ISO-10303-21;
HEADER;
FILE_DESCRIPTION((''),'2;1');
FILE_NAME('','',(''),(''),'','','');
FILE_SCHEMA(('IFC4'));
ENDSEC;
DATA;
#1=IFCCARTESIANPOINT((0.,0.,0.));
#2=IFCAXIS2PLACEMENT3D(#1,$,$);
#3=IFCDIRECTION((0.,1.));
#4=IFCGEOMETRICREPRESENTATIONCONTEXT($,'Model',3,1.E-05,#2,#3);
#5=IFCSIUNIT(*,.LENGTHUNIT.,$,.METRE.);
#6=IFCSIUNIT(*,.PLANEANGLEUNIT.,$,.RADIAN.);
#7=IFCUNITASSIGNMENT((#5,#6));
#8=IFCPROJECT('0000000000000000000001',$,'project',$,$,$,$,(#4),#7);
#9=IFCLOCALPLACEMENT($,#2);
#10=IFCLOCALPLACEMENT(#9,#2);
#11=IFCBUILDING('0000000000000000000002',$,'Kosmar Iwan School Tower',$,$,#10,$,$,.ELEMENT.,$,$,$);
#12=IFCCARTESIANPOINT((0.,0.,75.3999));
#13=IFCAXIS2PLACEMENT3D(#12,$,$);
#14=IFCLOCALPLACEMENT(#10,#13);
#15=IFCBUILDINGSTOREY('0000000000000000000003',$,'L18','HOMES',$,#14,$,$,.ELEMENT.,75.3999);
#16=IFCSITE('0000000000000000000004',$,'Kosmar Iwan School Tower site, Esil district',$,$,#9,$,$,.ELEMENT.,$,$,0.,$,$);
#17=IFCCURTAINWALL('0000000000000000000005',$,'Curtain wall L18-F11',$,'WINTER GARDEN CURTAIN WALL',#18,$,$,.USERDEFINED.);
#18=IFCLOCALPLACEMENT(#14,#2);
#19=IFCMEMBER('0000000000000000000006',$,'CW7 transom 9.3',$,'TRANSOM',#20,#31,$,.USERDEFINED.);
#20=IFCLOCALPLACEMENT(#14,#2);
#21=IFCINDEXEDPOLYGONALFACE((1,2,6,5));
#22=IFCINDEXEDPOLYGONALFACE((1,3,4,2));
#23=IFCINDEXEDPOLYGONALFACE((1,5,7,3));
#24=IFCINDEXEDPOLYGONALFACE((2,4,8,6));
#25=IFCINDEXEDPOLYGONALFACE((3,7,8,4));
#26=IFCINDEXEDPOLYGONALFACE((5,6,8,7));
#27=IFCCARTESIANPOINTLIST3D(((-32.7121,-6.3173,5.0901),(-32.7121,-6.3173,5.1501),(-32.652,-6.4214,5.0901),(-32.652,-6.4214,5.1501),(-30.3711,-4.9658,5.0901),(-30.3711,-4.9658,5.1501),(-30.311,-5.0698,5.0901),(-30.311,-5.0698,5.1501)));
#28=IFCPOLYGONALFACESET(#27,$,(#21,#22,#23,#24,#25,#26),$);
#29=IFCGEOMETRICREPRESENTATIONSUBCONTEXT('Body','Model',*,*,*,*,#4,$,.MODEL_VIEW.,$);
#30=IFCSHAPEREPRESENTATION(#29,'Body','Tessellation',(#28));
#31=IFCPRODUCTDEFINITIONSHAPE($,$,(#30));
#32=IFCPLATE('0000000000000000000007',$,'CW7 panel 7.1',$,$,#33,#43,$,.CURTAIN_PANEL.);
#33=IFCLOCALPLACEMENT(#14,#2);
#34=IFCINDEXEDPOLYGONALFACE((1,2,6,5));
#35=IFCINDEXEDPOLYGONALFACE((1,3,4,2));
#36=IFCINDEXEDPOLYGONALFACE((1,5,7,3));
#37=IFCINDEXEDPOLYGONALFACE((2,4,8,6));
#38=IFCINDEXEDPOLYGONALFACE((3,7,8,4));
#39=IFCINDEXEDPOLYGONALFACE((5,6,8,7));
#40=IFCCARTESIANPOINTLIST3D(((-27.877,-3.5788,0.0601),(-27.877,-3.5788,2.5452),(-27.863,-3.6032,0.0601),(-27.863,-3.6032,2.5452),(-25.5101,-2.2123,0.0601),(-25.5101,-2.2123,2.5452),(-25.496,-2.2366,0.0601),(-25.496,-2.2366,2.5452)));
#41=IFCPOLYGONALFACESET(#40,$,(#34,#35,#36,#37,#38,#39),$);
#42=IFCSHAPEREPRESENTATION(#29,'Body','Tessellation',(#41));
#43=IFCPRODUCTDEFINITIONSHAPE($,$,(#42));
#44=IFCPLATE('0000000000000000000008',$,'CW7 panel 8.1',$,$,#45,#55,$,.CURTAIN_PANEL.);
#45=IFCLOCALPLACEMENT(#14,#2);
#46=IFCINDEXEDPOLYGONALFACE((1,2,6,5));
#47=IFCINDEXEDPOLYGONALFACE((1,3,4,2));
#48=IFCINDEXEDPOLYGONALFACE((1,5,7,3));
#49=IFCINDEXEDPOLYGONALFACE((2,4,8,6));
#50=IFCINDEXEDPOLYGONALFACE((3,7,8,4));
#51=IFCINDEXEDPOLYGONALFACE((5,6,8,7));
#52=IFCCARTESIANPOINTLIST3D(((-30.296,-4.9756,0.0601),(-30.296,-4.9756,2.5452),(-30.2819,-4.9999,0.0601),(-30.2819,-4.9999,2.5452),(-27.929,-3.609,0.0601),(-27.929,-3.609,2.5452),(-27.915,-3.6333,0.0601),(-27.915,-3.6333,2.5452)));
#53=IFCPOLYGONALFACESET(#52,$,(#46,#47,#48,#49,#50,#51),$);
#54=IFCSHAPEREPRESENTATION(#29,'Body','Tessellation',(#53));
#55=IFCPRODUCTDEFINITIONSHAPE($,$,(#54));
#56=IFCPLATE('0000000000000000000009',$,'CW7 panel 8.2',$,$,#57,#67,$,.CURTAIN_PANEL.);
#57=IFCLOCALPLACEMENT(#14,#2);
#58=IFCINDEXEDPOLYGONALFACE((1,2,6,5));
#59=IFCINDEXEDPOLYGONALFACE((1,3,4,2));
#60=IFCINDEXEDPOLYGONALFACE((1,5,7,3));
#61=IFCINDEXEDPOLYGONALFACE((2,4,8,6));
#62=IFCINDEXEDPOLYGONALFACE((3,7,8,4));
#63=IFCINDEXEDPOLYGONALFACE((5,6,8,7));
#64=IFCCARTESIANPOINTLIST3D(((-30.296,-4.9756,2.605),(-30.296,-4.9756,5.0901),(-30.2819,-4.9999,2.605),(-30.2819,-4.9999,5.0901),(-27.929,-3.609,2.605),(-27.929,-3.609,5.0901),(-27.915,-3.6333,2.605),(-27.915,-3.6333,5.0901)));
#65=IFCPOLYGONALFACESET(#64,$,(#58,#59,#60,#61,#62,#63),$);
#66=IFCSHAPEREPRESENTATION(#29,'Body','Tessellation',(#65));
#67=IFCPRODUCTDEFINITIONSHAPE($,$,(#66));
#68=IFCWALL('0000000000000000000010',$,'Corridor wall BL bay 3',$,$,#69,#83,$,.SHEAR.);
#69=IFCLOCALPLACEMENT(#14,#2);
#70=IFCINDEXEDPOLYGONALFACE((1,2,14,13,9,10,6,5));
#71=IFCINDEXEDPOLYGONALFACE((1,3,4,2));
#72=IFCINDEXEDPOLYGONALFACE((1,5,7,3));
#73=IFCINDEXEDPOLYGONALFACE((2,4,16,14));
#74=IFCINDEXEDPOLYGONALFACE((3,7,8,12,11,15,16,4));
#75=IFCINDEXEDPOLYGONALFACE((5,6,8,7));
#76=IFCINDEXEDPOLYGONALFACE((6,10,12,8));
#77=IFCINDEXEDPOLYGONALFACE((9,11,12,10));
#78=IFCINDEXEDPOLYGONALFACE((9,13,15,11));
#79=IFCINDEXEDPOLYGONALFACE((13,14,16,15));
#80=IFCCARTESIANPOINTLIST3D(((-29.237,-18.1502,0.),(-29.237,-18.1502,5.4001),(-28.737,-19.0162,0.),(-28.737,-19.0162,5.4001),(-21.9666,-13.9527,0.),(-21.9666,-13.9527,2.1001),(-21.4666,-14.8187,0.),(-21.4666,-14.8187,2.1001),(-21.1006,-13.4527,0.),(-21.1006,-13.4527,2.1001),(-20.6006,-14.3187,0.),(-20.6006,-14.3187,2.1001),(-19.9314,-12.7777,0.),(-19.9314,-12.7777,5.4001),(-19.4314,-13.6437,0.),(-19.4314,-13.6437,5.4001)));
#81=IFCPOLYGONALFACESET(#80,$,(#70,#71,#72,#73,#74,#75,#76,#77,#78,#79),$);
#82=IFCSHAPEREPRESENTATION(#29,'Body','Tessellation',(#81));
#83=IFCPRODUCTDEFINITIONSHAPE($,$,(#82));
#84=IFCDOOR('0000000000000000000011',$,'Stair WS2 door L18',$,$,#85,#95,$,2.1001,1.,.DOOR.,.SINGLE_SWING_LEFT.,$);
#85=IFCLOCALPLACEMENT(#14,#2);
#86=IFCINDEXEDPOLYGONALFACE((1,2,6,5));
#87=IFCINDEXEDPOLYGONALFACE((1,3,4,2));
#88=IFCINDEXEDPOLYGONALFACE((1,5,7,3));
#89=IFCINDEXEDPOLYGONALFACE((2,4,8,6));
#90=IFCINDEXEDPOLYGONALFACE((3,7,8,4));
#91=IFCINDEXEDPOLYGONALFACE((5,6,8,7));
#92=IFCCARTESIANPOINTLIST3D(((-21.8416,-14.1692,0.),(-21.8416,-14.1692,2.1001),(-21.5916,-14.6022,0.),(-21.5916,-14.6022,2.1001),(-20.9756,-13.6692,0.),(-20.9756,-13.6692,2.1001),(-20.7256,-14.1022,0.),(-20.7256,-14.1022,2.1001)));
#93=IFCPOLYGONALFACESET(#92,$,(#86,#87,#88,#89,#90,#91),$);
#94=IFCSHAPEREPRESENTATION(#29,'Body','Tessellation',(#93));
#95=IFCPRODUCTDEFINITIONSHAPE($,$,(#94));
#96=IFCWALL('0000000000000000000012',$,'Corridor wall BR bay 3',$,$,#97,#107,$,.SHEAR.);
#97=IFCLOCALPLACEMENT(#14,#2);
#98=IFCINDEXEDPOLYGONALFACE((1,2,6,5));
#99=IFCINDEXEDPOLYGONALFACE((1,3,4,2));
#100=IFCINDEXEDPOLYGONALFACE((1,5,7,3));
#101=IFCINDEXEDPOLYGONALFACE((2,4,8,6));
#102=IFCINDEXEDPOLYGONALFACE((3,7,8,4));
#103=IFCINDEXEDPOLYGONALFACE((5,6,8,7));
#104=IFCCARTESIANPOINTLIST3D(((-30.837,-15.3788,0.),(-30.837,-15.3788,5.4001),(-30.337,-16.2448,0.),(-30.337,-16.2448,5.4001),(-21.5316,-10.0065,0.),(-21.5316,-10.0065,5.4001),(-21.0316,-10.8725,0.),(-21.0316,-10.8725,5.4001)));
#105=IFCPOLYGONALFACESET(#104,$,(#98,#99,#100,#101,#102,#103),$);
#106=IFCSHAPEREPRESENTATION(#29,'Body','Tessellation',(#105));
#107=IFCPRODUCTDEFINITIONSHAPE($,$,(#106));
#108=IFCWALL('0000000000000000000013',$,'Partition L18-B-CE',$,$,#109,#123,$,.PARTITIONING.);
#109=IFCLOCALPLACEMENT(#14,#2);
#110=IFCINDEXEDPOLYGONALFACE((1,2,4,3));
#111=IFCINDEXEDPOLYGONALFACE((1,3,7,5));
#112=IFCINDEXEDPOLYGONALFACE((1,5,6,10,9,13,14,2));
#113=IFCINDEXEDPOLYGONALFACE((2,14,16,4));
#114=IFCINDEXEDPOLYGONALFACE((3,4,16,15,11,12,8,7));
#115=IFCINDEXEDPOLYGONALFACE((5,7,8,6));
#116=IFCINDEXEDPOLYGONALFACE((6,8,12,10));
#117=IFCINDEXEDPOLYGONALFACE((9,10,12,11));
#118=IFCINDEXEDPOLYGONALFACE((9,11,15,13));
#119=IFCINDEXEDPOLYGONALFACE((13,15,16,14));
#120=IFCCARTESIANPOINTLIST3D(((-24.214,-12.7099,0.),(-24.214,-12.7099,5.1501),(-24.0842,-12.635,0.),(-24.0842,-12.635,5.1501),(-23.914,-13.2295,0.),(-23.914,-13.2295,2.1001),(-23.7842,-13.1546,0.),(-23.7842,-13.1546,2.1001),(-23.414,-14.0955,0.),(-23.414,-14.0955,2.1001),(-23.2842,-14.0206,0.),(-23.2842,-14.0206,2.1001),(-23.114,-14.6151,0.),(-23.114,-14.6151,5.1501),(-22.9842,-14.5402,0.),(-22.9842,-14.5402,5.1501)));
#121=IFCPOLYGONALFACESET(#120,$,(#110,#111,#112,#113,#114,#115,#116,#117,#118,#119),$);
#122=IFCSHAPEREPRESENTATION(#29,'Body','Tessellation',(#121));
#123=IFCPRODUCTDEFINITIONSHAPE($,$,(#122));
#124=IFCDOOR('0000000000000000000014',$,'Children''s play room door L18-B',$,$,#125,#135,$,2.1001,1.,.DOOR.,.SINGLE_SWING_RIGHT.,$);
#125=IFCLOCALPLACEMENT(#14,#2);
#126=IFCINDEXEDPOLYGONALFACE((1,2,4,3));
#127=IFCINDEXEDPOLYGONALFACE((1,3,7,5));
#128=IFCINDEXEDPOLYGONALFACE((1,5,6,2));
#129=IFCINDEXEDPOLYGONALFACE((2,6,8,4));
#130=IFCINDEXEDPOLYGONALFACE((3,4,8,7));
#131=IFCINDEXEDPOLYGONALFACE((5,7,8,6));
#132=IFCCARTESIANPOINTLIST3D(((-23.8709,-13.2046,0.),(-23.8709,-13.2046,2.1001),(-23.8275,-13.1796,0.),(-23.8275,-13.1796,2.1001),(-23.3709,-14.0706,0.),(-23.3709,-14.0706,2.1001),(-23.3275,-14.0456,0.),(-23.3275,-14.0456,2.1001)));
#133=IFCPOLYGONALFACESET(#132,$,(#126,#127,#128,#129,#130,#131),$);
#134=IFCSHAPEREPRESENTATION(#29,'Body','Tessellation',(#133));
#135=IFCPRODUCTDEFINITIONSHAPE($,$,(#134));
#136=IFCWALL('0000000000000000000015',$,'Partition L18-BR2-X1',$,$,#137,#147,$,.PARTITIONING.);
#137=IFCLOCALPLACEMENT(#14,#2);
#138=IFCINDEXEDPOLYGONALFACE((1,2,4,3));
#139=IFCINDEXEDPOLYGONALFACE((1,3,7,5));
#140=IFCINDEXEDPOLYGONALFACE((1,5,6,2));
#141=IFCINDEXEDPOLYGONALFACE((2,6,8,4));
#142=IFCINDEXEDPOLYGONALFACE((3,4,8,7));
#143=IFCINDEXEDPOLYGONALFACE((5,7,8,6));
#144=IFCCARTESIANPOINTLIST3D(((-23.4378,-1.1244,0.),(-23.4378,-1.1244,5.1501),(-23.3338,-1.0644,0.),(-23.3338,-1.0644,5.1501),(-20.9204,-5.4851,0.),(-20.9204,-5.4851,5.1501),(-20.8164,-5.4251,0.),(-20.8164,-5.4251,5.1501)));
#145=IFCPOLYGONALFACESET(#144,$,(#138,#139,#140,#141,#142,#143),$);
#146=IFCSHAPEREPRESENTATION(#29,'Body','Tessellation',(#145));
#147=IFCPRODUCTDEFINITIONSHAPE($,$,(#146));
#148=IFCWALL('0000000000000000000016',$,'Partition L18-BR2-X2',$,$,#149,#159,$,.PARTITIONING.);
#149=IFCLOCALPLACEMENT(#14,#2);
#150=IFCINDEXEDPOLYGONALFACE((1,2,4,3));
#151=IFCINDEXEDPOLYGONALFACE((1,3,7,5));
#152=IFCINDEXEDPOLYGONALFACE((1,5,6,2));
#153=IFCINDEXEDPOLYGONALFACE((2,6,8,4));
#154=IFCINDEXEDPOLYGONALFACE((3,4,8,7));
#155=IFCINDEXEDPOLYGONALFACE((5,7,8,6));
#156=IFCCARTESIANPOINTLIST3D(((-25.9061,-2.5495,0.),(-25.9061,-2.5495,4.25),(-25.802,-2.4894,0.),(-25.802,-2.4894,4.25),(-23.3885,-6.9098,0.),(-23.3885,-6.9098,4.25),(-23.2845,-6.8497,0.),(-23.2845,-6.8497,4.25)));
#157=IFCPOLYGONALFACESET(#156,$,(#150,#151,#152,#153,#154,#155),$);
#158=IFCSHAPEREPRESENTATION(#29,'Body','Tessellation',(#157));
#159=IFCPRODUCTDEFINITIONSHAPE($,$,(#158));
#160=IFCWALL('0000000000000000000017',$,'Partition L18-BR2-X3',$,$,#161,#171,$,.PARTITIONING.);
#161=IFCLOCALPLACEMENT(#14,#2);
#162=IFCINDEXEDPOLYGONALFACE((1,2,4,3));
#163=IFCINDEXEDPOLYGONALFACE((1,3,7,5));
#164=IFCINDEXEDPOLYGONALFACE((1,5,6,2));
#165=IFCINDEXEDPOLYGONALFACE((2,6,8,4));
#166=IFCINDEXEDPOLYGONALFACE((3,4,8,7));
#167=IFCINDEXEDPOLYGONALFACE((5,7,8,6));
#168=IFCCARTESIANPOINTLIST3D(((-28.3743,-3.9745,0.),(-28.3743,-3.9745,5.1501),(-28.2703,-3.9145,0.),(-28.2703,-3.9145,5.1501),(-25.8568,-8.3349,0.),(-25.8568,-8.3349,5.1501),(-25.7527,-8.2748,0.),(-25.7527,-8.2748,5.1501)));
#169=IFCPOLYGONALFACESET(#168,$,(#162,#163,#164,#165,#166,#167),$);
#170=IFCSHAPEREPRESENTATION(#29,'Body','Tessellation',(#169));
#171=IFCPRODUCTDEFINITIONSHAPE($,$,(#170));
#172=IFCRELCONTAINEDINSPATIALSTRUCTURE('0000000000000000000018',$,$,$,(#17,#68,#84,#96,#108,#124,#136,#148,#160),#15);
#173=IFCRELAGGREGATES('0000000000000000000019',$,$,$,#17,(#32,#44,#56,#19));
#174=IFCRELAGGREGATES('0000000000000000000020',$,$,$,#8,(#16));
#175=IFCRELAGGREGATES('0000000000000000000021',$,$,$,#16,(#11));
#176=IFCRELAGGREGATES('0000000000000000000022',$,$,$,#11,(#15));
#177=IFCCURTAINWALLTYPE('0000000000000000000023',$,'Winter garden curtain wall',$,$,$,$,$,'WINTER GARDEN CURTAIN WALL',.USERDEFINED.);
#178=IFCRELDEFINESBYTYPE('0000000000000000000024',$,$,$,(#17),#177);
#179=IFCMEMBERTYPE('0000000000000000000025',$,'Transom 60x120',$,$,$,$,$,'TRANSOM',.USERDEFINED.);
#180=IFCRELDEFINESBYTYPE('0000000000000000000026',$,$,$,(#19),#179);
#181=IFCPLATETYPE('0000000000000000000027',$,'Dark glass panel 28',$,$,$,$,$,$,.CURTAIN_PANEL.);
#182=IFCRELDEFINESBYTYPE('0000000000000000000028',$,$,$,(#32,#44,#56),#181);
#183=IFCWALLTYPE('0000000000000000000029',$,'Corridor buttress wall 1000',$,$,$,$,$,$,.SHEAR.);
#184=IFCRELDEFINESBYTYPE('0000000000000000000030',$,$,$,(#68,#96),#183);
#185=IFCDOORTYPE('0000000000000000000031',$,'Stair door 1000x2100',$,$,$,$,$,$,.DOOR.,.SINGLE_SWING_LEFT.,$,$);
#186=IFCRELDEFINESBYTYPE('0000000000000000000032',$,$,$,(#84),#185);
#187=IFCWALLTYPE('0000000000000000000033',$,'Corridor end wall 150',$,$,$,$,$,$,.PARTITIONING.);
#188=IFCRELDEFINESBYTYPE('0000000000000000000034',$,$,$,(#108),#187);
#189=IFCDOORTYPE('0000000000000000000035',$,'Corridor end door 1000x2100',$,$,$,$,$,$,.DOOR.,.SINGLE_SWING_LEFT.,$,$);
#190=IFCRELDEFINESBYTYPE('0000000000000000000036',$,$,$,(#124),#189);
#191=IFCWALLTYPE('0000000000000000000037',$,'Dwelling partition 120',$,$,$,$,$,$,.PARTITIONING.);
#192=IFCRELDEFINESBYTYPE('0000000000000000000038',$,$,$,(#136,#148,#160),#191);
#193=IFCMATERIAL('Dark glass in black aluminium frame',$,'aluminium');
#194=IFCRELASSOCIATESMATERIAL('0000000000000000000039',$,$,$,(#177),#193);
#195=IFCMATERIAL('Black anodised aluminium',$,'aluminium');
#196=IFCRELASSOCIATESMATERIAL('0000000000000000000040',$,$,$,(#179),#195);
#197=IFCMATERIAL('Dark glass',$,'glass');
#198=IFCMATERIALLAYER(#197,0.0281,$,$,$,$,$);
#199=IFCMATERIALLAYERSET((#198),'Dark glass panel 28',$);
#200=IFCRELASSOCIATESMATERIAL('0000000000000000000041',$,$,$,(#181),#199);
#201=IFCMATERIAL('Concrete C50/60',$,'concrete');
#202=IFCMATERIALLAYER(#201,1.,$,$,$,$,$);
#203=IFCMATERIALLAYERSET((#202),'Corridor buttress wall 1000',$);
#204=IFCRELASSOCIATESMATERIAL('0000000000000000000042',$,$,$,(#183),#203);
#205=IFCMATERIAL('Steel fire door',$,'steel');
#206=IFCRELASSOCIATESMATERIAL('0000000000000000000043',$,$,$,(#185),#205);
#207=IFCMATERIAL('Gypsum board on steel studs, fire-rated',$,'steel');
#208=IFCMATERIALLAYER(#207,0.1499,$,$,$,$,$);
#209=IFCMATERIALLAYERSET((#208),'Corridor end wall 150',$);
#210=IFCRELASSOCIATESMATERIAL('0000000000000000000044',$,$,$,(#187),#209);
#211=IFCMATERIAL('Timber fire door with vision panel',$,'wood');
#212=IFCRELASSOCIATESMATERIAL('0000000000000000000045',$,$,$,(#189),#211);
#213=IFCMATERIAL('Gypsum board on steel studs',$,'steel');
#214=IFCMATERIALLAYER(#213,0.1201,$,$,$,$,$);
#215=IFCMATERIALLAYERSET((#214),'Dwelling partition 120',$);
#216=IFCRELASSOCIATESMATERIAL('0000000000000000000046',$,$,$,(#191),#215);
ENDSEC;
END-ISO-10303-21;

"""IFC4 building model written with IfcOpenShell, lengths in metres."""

from ifc_helpers import new_model, si_unit, direction, frame, frame_2d, origin, origin_2d, place, context, subcontext, project, spatial, rectangle, extrude, material, layer, layer_set, material_profile, profile_set, type_object, element, fill, aggregate, save


model = new_model("IFC4")

# Units and contexts
model_context = context("Model", 3, precision=1e-05, world=origin(), true_north=direction((0.0, 1.0)))
body_context = subcontext(model_context, "Body", "Model", "MODEL_VIEW")
ifc_project = project(units=[si_unit("LENGTHUNIT", "METRE"), si_unit("PLANEANGLEUNIT", "RADIAN")], contexts=[model_context])

# Site, building, storey
site_placement = place(None, origin())
site = spatial("IfcSite", under=ifc_project, at=site_placement, Name="Kosmar Iwan School Tower site, Esil district", CompositionType="ELEMENT", RefElevation=0.0)
building_placement = place(site_placement, origin())
building = spatial("IfcBuilding", under=site, at=building_placement, Name="Kosmar Iwan School Tower", CompositionType="ELEMENT")
storey_placement = place(building_placement, frame((0.0, 0.0, 75.3999)))
storey = spatial("IfcBuildingStorey", under=building, at=storey_placement, Name="L18", Description="HOMES", CompositionType="ELEMENT", Elevation=75.3999)

# Curtain wall
ifc_material_1 = material(Name="Dark glass in black aluminium frame", Category="aluminium")
curtain_wall_type = type_object("IfcCurtainWallType", Name="Winter garden curtain wall", ElementType="WINTER GARDEN CURTAIN WALL", PredefinedType="USERDEFINED", material=ifc_material_1)
curtain_wall_placement = place(storey_placement, origin())
curtain_wall = element("IfcCurtainWall", 1, at=curtain_wall_placement, inside=storey, type_object=curtain_wall_type, Name="Curtain wall L18-F11", ObjectType="WINTER GARDEN CURTAIN WALL", PredefinedType="USERDEFINED")

# Member
ifc_material_2 = material(Name="Black anodised aluminium", Category="aluminium")
ifc_material_profile_1 = material_profile(ifc_material_2, rectangle(XDim=0.1201, YDim=0.0601, at=origin_2d()), Name="TRANSOM 60x120")
ifc_profile_set_1 = profile_set([ifc_material_profile_1], Name="Black anodised aluminium")
member_type_1 = type_object("IfcMemberType", Name="Transom 60x120", ElementType="TRANSOM", PredefinedType="USERDEFINED", material=ifc_profile_set_1)
member_1_placement = place(storey_placement, frame((-30.3411, -5.0178, 5.1201), z_axis=(-0.866034, -0.499986, 0.0), x_axis=(0.499986, -0.866034, 0.0)))
member_1 = element("IfcMember", 2, at=member_1_placement, type_object=member_type_1, Name="CW7 transom 9.3", ObjectType="TRANSOM", PredefinedType="USERDEFINED", context=body_context, shape_type="SweptSolid", body=[
    extrude(rectangle(XDim=0.1201, YDim=0.0601, at=origin_2d()), origin(), (0.0, 0.0, 1.0), 2.7031),
])

# Plates
ifc_material_3 = material(Name="Dark glass", Category="glass")
ifc_layer_1 = layer(ifc_material_3, 0.0281)
ifc_layer_set_1 = layer_set([ifc_layer_1], Name="Dark glass panel 28")
plate_type = type_object("IfcPlateType", Name="Dark glass panel 28", PredefinedType="CURTAIN_PANEL", material=ifc_layer_set_1)
plate_1_placement = place(storey_placement, frame((-26.6865, -2.9077, 0.0601), z_axis=(0.0, 0.0, 1.0), x_axis=(-0.866025, -0.5, 0.0)))
plate_1 = element("IfcPlate", 3, at=plate_1_placement, type_object=plate_type, Name="CW7 panel 7.1", PredefinedType="CURTAIN_PANEL", context=body_context, shape_type="SweptSolid", body=[
    extrude(rectangle(XDim=2.7332, YDim=0.0281, at=origin_2d()), origin(), (0.0, 0.0, 1.0), 2.4851),
])
plate_2_placement = place(storey_placement, frame((-29.1055, -4.3044, 0.0601), z_axis=(0.0, 0.0, 1.0), x_axis=(-0.866025, -0.5, 0.0)))
plate_2 = element("IfcPlate", 4, at=plate_2_placement, type_object=plate_type, Name="CW7 panel 8.1", PredefinedType="CURTAIN_PANEL", context=body_context, shape_type="SweptSolid", body=[
    extrude(rectangle(XDim=2.7332, YDim=0.0281, at=origin_2d()), origin(), (0.0, 0.0, 1.0), 2.4851),
])
plate_3_placement = place(storey_placement, frame((-29.1055, -4.3044, 2.605), z_axis=(0.0, 0.0, 1.0), x_axis=(-0.866025, -0.5, 0.0)))
plate_3 = element("IfcPlate", 5, at=plate_3_placement, type_object=plate_type, Name="CW7 panel 8.2", PredefinedType="CURTAIN_PANEL", context=body_context, shape_type="SweptSolid", body=[
    extrude(rectangle(XDim=2.7332, YDim=0.0281, at=origin_2d()), origin(), (0.0, 0.0, 1.0), 2.4851),
])
aggregate(curtain_wall, [plate_1, plate_2, plate_3, member_1])

# Wall, opening, door
ifc_material_4 = material(Name="Concrete C50/60", Category="concrete")
ifc_layer_2 = layer(ifc_material_4, 1.0)
ifc_layer_set_2 = layer_set([ifc_layer_2], Name="Corridor buttress wall 1000")
wall_type_1 = type_object("IfcWallType", Name="Corridor buttress wall 1000", PredefinedType="SHEAR", material=ifc_layer_set_2)
wall_1_placement = place(storey_placement, frame((-19.6814, -13.2107, 0.0), z_axis=(0.0, 0.0, 1.0), x_axis=(-0.866028, -0.499995, 0.0)))
wall_1 = element("IfcWall", 6, at=wall_1_placement, inside=storey, type_object=wall_type_1, Name="Corridor wall BL bay 3", PredefinedType="SHEAR", context=body_context, shape_type="SweptSolid", body=[
    extrude(rectangle(XDim=10.7451, YDim=1.0, at=frame_2d((5.3726, 0.0))), origin(), (0.0, 0.0, 1.0), 5.4001),
])
opening_1_placement = place(wall_1_placement, frame((1.3501, 0.0, 0.0)))
opening_1 = element("IfcOpeningElement", 7, at=opening_1_placement, cuts=wall_1, PredefinedType="OPENING", context=body_context, shape_type="SweptSolid", body=[
    extrude(rectangle(XDim=1.0, YDim=2.1001, at=frame_2d((0.5, 1.05))), frame((0.0, 0.512, 0.0), z_axis=(0.0, -1.0, 0.0), x_axis=(1.0, 0.0, 0.0)), (0.0, 0.0, 1.0), 1.0239),
])
ifc_material_5 = material(Name="Steel fire door", Category="steel")
door_type_1 = type_object("IfcDoorType", Name="Stair door 1000x2100", OperationType="SINGLE_SWING_LEFT", PredefinedType="DOOR", material=ifc_material_5)
door_1_placement = place(opening_1_placement, origin())
door_1 = element("IfcDoor", 8, at=door_1_placement, inside=storey, type_object=door_type_1, Name="Stair WS2 door L18", OperationType="SINGLE_SWING_LEFT", OverallHeight=2.1001, OverallWidth=1.0, PredefinedType="DOOR", context=body_context, shape_type="SweptSolid", body=[
    extrude(rectangle(XDim=1.0, YDim=2.1001, at=frame_2d((0.5, 1.05))), frame((0.0, 0.25, 0.0), z_axis=(0.0, -1.0, 0.0), x_axis=(1.0, 0.0, 0.0)), (0.0, 0.0, 1.0), 0.5),
])
fill(opening_1, door_1)

# Wall
wall_2_placement = place(storey_placement, frame((-21.2815, -10.4395, 0.0), z_axis=(0.0, 0.0, 1.0), x_axis=(-0.866032, -0.499988, 0.0)))
element("IfcWall", 9, at=wall_2_placement, inside=storey, type_object=wall_type_1, Name="Corridor wall BR bay 3", PredefinedType="SHEAR", context=body_context, shape_type="SweptSolid", body=[
    extrude(rectangle(XDim=10.7449, YDim=1.0, at=frame_2d((5.3726, 0.0))), origin(), (0.0, 0.0, 1.0), 5.4001),
])

# Wall, opening, door
ifc_material_6 = material(Name="Gypsum board on steel studs, fire-rated", Category="steel")
ifc_layer_3 = layer(ifc_material_6, 0.1499)
ifc_layer_set_3 = layer_set([ifc_layer_3], Name="Corridor end wall 150")
wall_type_2 = type_object("IfcWallType", Name="Corridor end wall 150", PredefinedType="PARTITIONING", material=ifc_layer_set_3)
wall_3_placement = place(storey_placement, frame((-24.1492, -12.6724, 0.0), z_axis=(0.0, 0.0, 1.0), x_axis=(0.50003, -0.866008, 0.0)))
wall_3 = element("IfcWall", 10, at=wall_3_placement, inside=storey, type_object=wall_type_2, Name="Partition L18-B-CE", PredefinedType="PARTITIONING", context=body_context, shape_type="SweptSolid", body=[
    extrude(rectangle(XDim=2.2, YDim=0.1499, at=frame_2d((1.1001, 0.0))), origin(), (0.0, 0.0, 1.0), 5.1501),
])
opening_2_placement = place(wall_3_placement, frame((0.6001, 0.0, 0.0)))
opening_2 = element("IfcOpeningElement", 11, at=opening_2_placement, cuts=wall_3, PredefinedType="OPENING", context=body_context, shape_type="SweptSolid", body=[
    extrude(rectangle(XDim=1.0, YDim=2.1001, at=frame_2d((0.5, 1.05))), frame((0.0, 0.0869, 0.0), z_axis=(0.0, -1.0, 0.0), x_axis=(1.0, 0.0, 0.0)), (0.0, 0.0, 1.0), 0.1738),
])
ifc_material_7 = material(Name="Timber fire door with vision panel", Category="wood")
door_type_2 = type_object("IfcDoorType", Name="Corridor end door 1000x2100", OperationType="SINGLE_SWING_LEFT", PredefinedType="DOOR", material=ifc_material_7)
door_2_placement = place(opening_2_placement, origin())
door_2 = element("IfcDoor", 12, at=door_2_placement, inside=storey, type_object=door_type_2, Name="Children's play room door L18-B", OperationType="SINGLE_SWING_RIGHT", OverallHeight=2.1001, OverallWidth=1.0, PredefinedType="DOOR", context=body_context, shape_type="SweptSolid", body=[
    extrude(rectangle(XDim=1.0, YDim=2.1001, at=frame_2d((0.5, 1.05))), frame((0.0, 0.0249, 0.0), z_axis=(0.0, -1.0, 0.0), x_axis=(1.0, 0.0, 0.0)), (0.0, 0.0, 1.0), 0.05),
])
fill(opening_2, door_2)

# Walls
ifc_material_8 = material(Name="Gypsum board on steel studs", Category="steel")
ifc_layer_4 = layer(ifc_material_8, 0.1201)
ifc_layer_set_4 = layer_set([ifc_layer_4], Name="Dwelling partition 120")
wall_type_3 = type_object("IfcWallType", Name="Dwelling partition 120", PredefinedType="PARTITIONING", material=ifc_layer_set_4)
wall_4_placement = place(storey_placement, frame((-20.8684, -5.4551, 0.0), z_axis=(0.0, 0.0, 1.0), x_axis=(-0.499962, 0.866048, 0.0)))
element("IfcWall", 13, at=wall_4_placement, inside=storey, type_object=wall_type_3, Name="Partition L18-BR2-X1", PredefinedType="PARTITIONING", context=body_context, shape_type="SweptSolid", body=[
    extrude(rectangle(XDim=5.0352, YDim=0.1201, at=frame_2d((2.5176, 0.0))), origin(), (0.0, 0.0, 1.0), 5.1501),
])
wall_5_placement = place(storey_placement, frame((-23.3364, -6.8799, 0.0), z_axis=(0.0, 0.0, 1.0), x_axis=(-0.500019, 0.866014, 0.0)))
element("IfcWall", 14, at=wall_5_placement, inside=storey, type_object=wall_type_3, Name="Partition L18-BR2-X2", PredefinedType="PARTITIONING", context=body_context, shape_type="SweptSolid", body=[
    extrude(rectangle(XDim=5.0349, YDim=0.1201, at=frame_2d((2.5176, 0.0))), origin(), (0.0, 0.0, 1.0), 4.25),
])
wall_6_placement = place(storey_placement, frame((-25.8047, -8.3049, 0.0), z_axis=(0.0, 0.0, 1.0), x_axis=(-0.500019, 0.866014, 0.0)))
element("IfcWall", 15, at=wall_6_placement, inside=storey, type_object=wall_type_3, Name="Partition L18-BR2-X3", PredefinedType="PARTITIONING", context=body_context, shape_type="SweptSolid", body=[
    extrude(rectangle(XDim=5.0349, YDim=0.1201, at=frame_2d((2.5176, 0.0))), origin(), (0.0, 0.0, 1.0), 5.1501),
])

save(model, "model.ifc")
